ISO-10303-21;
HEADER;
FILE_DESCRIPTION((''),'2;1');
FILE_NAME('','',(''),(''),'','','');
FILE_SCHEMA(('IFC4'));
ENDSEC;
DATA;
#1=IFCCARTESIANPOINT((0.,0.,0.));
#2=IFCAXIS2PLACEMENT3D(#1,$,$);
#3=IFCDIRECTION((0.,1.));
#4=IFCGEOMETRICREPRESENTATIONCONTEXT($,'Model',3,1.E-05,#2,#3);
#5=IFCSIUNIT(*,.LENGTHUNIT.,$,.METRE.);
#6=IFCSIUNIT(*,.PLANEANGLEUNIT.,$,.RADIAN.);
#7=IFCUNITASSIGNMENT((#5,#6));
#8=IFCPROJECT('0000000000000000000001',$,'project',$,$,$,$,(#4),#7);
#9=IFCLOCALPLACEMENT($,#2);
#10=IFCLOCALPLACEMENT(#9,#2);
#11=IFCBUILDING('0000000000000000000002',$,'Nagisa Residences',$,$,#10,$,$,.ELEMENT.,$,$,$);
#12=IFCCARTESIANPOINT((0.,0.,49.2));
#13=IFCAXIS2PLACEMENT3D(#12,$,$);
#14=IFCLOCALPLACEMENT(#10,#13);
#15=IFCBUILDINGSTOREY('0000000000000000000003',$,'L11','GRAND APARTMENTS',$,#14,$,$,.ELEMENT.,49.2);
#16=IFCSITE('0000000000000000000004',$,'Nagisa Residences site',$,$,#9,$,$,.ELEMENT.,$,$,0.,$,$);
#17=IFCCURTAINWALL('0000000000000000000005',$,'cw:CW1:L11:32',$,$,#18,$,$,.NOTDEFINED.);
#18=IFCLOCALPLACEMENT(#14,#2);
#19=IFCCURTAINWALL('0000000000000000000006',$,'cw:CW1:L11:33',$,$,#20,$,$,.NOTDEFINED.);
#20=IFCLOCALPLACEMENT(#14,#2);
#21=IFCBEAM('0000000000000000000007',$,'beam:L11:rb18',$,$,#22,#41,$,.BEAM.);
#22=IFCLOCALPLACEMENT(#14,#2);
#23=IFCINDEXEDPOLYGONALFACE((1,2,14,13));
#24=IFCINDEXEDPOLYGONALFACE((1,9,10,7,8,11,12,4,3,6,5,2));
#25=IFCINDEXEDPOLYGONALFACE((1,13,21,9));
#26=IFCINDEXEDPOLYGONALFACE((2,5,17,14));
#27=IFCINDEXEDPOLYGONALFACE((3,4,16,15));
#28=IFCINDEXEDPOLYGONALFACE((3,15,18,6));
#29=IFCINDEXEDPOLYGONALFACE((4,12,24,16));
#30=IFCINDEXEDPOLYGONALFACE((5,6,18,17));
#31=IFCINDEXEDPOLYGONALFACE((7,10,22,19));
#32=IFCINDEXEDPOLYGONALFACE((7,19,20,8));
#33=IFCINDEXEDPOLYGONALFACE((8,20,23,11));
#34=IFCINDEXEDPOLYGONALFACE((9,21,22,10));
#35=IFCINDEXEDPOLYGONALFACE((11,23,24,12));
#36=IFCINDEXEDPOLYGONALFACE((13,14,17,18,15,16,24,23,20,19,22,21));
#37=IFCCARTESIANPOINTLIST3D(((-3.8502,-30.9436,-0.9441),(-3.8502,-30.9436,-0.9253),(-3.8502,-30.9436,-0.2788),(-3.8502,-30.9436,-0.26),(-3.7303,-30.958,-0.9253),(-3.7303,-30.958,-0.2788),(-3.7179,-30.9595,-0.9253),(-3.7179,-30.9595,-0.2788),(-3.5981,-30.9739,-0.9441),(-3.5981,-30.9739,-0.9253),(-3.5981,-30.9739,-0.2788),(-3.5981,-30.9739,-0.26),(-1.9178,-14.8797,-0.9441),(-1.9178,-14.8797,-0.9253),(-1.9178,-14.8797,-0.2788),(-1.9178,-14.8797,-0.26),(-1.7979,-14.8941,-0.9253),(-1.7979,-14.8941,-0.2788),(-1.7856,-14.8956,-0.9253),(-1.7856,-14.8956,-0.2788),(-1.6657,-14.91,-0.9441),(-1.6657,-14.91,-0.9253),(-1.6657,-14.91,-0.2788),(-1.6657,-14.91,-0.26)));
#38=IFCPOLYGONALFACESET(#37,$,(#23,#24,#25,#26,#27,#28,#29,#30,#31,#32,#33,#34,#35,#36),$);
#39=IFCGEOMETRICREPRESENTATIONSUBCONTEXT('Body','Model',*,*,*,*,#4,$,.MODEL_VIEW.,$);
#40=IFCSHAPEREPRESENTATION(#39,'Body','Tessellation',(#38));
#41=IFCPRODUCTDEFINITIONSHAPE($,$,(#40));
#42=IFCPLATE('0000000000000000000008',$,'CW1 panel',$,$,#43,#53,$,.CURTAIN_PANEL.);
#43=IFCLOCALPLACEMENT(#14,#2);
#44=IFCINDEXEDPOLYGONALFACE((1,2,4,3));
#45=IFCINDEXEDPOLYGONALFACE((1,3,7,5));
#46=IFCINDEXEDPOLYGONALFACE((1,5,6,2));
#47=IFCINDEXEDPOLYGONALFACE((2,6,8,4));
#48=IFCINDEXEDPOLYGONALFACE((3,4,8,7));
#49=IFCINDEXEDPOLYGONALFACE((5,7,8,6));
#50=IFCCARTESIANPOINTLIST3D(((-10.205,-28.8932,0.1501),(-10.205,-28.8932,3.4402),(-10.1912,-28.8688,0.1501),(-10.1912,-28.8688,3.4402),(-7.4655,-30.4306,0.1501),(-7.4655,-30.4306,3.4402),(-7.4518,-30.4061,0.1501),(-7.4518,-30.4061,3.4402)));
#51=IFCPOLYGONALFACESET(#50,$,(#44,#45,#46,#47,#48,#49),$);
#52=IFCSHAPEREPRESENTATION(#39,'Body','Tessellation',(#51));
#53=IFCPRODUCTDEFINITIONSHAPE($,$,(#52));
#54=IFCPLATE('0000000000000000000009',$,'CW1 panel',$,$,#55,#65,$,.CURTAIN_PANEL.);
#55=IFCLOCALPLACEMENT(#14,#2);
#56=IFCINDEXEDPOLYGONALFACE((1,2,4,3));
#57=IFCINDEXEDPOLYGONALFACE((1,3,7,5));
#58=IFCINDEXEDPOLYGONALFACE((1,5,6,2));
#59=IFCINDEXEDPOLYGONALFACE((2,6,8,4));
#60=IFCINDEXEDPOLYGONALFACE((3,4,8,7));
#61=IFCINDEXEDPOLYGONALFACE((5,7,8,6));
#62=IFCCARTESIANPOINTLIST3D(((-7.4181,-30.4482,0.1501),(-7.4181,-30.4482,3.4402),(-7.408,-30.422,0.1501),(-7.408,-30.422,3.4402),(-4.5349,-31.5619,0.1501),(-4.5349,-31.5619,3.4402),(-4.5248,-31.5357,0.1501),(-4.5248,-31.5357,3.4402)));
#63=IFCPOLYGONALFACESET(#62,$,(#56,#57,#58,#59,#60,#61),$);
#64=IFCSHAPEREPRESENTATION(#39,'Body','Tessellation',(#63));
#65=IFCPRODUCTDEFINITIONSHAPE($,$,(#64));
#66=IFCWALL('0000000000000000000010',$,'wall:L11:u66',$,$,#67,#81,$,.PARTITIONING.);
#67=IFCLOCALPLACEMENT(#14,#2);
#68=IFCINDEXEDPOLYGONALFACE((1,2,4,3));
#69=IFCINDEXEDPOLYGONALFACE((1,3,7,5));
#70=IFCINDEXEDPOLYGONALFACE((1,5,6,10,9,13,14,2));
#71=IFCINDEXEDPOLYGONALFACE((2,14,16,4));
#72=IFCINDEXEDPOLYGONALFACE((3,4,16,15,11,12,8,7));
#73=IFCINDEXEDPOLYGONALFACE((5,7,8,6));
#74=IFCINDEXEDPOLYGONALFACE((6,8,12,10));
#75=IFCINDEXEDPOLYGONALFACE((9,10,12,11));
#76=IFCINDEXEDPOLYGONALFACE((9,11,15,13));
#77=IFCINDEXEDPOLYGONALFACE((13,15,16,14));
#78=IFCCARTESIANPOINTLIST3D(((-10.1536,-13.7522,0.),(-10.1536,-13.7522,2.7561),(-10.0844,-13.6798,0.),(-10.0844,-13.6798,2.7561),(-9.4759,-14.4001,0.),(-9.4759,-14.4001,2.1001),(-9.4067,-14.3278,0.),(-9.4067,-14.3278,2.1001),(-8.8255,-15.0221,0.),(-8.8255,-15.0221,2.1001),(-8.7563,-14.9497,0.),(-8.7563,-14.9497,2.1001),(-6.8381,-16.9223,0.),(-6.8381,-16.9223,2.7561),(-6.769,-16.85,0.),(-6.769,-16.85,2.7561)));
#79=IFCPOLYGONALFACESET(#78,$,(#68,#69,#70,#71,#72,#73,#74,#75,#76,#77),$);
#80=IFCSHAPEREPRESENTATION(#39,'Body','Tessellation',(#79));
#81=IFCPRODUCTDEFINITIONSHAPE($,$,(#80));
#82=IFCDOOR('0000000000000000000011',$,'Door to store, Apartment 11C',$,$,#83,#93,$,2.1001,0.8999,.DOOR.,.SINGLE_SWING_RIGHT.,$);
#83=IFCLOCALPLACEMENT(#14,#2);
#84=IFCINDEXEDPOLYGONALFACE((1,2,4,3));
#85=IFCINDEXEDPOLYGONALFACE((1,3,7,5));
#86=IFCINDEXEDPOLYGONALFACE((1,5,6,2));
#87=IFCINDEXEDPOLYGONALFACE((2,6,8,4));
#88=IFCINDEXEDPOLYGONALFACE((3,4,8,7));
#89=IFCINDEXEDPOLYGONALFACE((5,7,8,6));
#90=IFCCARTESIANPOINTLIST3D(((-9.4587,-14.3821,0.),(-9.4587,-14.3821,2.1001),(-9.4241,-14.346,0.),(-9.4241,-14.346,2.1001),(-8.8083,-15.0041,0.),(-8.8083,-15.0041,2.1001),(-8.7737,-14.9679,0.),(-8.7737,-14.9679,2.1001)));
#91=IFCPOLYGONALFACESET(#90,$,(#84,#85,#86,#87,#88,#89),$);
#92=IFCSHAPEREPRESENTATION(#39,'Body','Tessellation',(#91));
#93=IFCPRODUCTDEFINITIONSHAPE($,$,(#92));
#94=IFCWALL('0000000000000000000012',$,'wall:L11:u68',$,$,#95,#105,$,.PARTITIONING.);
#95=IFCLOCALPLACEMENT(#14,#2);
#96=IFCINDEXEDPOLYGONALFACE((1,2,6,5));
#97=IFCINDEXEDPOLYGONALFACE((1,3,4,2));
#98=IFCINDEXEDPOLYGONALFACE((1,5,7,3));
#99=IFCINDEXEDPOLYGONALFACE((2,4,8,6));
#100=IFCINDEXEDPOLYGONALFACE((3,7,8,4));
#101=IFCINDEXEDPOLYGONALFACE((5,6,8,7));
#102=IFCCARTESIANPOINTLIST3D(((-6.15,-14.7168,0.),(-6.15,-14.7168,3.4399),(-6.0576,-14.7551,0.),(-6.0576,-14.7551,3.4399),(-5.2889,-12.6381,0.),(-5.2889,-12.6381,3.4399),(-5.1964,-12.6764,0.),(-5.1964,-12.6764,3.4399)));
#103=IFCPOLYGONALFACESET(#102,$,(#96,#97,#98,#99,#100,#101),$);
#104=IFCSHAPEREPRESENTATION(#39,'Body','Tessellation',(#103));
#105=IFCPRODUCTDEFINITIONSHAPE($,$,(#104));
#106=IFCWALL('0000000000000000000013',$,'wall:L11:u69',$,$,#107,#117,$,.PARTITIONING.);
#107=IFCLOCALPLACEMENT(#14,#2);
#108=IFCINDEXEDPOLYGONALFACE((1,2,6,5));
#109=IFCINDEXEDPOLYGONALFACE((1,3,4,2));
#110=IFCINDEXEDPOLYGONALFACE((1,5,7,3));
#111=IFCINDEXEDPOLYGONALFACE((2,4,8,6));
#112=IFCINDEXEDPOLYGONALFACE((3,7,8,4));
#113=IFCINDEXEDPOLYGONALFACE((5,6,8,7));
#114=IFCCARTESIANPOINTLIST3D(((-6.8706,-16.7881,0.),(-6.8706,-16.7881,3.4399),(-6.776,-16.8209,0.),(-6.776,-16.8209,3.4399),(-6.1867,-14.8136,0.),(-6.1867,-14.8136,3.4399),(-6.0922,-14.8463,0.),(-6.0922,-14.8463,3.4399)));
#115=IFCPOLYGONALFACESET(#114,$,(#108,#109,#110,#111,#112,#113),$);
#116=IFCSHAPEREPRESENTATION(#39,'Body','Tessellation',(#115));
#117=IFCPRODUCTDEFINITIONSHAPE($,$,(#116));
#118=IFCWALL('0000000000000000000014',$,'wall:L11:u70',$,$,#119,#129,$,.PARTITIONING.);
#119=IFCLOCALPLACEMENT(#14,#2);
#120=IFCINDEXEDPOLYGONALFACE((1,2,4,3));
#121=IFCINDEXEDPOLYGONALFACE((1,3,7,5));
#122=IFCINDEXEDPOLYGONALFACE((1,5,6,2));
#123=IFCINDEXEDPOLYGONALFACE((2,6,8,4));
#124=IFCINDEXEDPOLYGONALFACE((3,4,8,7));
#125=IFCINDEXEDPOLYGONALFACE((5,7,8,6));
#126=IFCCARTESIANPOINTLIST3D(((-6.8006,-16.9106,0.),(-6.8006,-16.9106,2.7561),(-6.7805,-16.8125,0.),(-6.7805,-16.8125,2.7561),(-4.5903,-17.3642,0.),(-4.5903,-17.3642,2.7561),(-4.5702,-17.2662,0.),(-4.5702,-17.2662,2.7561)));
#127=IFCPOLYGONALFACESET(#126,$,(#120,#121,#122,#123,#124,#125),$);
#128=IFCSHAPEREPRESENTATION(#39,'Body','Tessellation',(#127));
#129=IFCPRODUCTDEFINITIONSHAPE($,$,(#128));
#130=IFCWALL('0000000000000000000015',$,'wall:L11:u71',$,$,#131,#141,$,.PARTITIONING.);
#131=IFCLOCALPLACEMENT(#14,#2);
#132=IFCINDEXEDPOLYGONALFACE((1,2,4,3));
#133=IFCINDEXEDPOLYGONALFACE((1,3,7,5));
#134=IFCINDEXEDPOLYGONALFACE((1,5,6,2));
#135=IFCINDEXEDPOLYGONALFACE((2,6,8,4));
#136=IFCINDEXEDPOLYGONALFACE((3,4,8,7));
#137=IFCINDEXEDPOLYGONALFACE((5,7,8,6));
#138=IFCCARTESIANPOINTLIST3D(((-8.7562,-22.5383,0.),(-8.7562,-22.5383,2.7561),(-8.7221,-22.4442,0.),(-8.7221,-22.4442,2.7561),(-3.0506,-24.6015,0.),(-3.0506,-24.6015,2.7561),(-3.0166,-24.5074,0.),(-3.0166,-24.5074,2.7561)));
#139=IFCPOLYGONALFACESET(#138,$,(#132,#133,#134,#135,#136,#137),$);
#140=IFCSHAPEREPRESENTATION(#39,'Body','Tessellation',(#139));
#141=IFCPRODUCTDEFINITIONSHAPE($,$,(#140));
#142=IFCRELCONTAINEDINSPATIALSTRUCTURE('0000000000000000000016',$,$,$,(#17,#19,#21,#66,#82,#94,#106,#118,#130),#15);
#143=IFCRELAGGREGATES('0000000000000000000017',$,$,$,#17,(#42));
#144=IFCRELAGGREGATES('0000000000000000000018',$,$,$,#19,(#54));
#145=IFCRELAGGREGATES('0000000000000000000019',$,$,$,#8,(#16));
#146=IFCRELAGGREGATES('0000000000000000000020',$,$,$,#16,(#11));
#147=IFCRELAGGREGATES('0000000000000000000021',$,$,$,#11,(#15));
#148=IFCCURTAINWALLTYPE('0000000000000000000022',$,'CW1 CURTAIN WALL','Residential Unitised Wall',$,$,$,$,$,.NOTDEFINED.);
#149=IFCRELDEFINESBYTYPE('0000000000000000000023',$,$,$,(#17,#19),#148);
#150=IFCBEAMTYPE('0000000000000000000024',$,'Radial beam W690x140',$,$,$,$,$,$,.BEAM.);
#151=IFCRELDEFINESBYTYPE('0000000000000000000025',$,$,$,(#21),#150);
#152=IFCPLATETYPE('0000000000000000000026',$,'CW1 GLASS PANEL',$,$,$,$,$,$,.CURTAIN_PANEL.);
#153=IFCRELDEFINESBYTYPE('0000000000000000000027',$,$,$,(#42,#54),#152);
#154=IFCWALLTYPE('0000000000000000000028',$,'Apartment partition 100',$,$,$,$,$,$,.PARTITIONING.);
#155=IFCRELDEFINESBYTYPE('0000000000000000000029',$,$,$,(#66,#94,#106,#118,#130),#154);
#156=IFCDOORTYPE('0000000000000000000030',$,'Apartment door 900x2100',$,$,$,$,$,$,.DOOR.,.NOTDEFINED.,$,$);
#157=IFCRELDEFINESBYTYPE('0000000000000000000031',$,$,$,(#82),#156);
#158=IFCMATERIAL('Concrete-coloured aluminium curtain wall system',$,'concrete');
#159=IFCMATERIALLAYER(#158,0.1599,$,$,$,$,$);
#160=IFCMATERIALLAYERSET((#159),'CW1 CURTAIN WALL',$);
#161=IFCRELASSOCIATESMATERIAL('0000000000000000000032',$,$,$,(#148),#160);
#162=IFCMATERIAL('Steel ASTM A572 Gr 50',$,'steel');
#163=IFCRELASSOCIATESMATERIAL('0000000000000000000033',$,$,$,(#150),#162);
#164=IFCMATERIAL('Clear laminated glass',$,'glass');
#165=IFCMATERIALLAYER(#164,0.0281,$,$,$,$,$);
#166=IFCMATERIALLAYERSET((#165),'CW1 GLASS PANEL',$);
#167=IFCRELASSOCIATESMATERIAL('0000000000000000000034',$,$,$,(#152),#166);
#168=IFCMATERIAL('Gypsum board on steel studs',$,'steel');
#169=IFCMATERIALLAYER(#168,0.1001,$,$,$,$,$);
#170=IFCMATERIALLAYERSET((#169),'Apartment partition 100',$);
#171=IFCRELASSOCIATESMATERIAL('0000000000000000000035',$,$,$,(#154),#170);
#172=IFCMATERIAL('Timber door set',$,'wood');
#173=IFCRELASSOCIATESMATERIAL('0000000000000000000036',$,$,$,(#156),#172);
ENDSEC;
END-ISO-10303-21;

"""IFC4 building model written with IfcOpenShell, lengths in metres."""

from ifc_helpers import new_model, si_unit, direction, frame, frame_2d, origin, origin_2d, place, context, subcontext, project, spatial, rectangle, i_section, extrude, material, layer, layer_set, material_profile, profile_set, type_object, element, fill, aggregate, save


model = new_model("IFC4")

# Units and contexts
model_context = context("Model", 3, precision=1e-05, world=origin(), true_north=direction((0.0, 1.0)))
body_context = subcontext(model_context, "Body", "Model", "MODEL_VIEW")
ifc_project = project(units=[si_unit("LENGTHUNIT", "METRE"), si_unit("PLANEANGLEUNIT", "RADIAN")], contexts=[model_context])

# Site, building, storey
site_placement = place(None, origin())
site = spatial("IfcSite", under=ifc_project, at=site_placement, Name="Nagisa Residences site", CompositionType="ELEMENT", RefElevation=0.0)
building_placement = place(site_placement, origin())
building = spatial("IfcBuilding", under=site, at=building_placement, Name="Nagisa Residences", CompositionType="ELEMENT")
storey_placement = place(building_placement, frame((0.0, 0.0, 49.2)))
storey = spatial("IfcBuildingStorey", under=building, at=storey_placement, Name="L11", Description="GRAND APARTMENTS", CompositionType="ELEMENT", Elevation=49.2)

# Curtain walls
ifc_material_1 = material(Name="Concrete-coloured aluminium curtain wall system", Category="concrete")
ifc_layer_1 = layer(ifc_material_1, 0.1599)
ifc_layer_set_1 = layer_set([ifc_layer_1], Name="CW1 CURTAIN WALL")
curtain_wall_type = type_object("IfcCurtainWallType", Name="CW1 CURTAIN WALL", Description="Residential Unitised Wall", PredefinedType="NOTDEFINED", material=ifc_layer_set_1)
curtain_wall_1_placement = place(storey_placement, origin())
curtain_wall_1 = element("IfcCurtainWall", 1, at=curtain_wall_1_placement, inside=storey, type_object=curtain_wall_type, Name="cw:CW1:L11:32", PredefinedType="NOTDEFINED")
curtain_wall_2_placement = place(storey_placement, origin())
curtain_wall_2 = element("IfcCurtainWall", 2, at=curtain_wall_2_placement, inside=storey, type_object=curtain_wall_type, Name="cw:CW1:L11:33", PredefinedType="NOTDEFINED")

# Beam
ifc_material_2 = material(Name="Steel ASTM A572 Gr 50", Category="steel")
ifc_material_profile_1 = material_profile(ifc_material_2, i_section(OverallWidth=0.2539, OverallDepth=0.6841, WebThickness=0.0125, FlangeThickness=0.0188, at=origin_2d()), Name="W690x140")
ifc_profile_set_1 = profile_set([ifc_material_profile_1], Name="Steel ASTM A572 Gr 50")
beam_type_1 = type_object("IfcBeamType", Name="Radial beam W690x140", PredefinedType="BEAM", material=ifc_profile_set_1)
beam_1_placement = place(storey_placement, frame((-3.7241, -30.9587, -0.6021), z_axis=(0.119431, 0.992842, 0.0), x_axis=(-0.992842, 0.119431, 0.0)))
element("IfcBeam", 3, at=beam_1_placement, inside=storey, type_object=beam_type_1, Name="beam:L11:rb18", PredefinedType="BEAM", context=body_context, shape_type="SweptSolid", body=[
    extrude(i_section(OverallWidth=0.2539, OverallDepth=0.6841, WebThickness=0.0125, FlangeThickness=0.0188, at=origin_2d()), origin(), (0.0, 0.0, 1.0), 16.1797),
])

# Plates
ifc_material_3 = material(Name="Clear laminated glass", Category="glass")
ifc_layer_2 = layer(ifc_material_3, 0.0281)
ifc_layer_set_2 = layer_set([ifc_layer_2], Name="CW1 GLASS PANEL")
plate_type = type_object("IfcPlateType", Name="CW1 GLASS PANEL", PredefinedType="CURTAIN_PANEL", material=ifc_layer_set_2)
plate_1_placement = place(storey_placement, frame((-8.8284, -29.6497, 0.1501), z_axis=(0.0, 0.0, 1.0), x_axis=(0.872072, -0.489377, 0.0)))
plate_1 = element("IfcPlate", 4, at=plate_1_placement, type_object=plate_type, Name="CW1 panel", PredefinedType="CURTAIN_PANEL", context=body_context, shape_type="SweptSolid", body=[
    extrude(rectangle(XDim=3.1414, YDim=0.0281, at=origin_2d()), origin(), (0.0, 0.0, 1.0), 3.29),
])
aggregate(curtain_wall_1, [plate_1])
plate_2_placement = place(storey_placement, frame((-5.9714, -30.9919, 0.1501), z_axis=(0.0, 0.0, 1.0), x_axis=(0.932826, -0.360328, 0.0)))
plate_2 = element("IfcPlate", 5, at=plate_2_placement, type_object=plate_type, Name="CW1 panel", PredefinedType="CURTAIN_PANEL", context=body_context, shape_type="SweptSolid", body=[
    extrude(rectangle(XDim=3.0908, YDim=0.0281, at=origin_2d()), origin(), (0.0, 0.0, 1.0), 3.29),
])
aggregate(curtain_wall_2, [plate_2])

# Wall, opening, door
ifc_material_4 = material(Name="Gypsum board on steel studs", Category="steel")
ifc_layer_3 = layer(ifc_material_4, 0.1001)
ifc_layer_set_3 = layer_set([ifc_layer_3], Name="Apartment partition 100")
wall_type_1 = type_object("IfcWallType", Name="Apartment partition 100", PredefinedType="PARTITIONING", material=ifc_layer_set_3)
wall_1_placement = place(storey_placement, frame((-10.1189, -13.7161, 0.0), z_axis=(0.0, 0.0, 1.0), x_axis=(0.722763, -0.691096, 0.0)))
wall_1 = element("IfcWall", 6, at=wall_1_placement, inside=storey, type_object=wall_type_1, Name="wall:L11:u66", PredefinedType="PARTITIONING", context=body_context, shape_type="SweptSolid", body=[
    extrude(rectangle(XDim=4.5872, YDim=0.1001, at=frame_2d((2.2935, 0.0))), origin(), (0.0, 0.0, 1.0), 2.7561),
])
opening_1_placement = place(wall_1_placement, frame((0.9375, 0.0, 0.0)))
opening_1 = element("IfcOpeningElement", 7, at=opening_1_placement, cuts=wall_1, PredefinedType="OPENING", context=body_context, shape_type="SweptSolid", body=[
    extrude(rectangle(XDim=0.8999, YDim=2.1001, at=frame_2d((0.45, 1.05))), frame((0.0, 0.0601, 0.0), z_axis=(0.0, -1.0, 0.0), x_axis=(1.0, 0.0, 0.0)), (0.0, 0.0, 1.0), 0.1201),
])
ifc_material_5 = material(Name="Timber door set", Category="wood")
door_type_1 = type_object("IfcDoorType", Name="Apartment door 900x2100", OperationType="NOTDEFINED", PredefinedType="DOOR", material=ifc_material_5)
door_1_placement = place(opening_1_placement, origin())
door_1 = element("IfcDoor", 8, at=door_1_placement, inside=storey, type_object=door_type_1, Name="Door to store, Apartment 11C", OperationType="SINGLE_SWING_RIGHT", OverallHeight=2.1001, OverallWidth=0.8999, PredefinedType="DOOR", context=body_context, shape_type="SweptSolid", body=[
    extrude(rectangle(XDim=0.8999, YDim=2.1001, at=frame_2d((0.45, 1.05))), frame((0.0, 0.0249, 0.0), z_axis=(0.0, -1.0, 0.0), x_axis=(1.0, 0.0, 0.0)), (0.0, 0.0, 1.0), 0.05),
])
fill(opening_1, door_1)

# Walls
wall_2_placement = place(storey_placement, frame((-5.2427, -12.6572, 0.0), z_axis=(0.0, 0.0, 1.0), x_axis=(-0.382719, -0.923865, 0.0)))
element("IfcWall", 9, at=wall_2_placement, inside=storey, type_object=wall_type_1, Name="wall:L11:u68", PredefinedType="PARTITIONING", context=body_context, shape_type="SweptSolid", body=[
    extrude(rectangle(XDim=2.25, YDim=0.1001, at=frame_2d((1.125, 0.0))), origin(), (0.0, 0.0, 1.0), 3.4399),
])
wall_3_placement = place(storey_placement, frame((-6.1394, -14.8298, 0.0), z_axis=(0.0, 0.0, 1.0), x_axis=(-0.327247, -0.944939, 0.0)))
element("IfcWall", 10, at=wall_3_placement, inside=storey, type_object=wall_type_1, Name="wall:L11:u69", PredefinedType="PARTITIONING", context=body_context, shape_type="SweptSolid", body=[
    extrude(rectangle(XDim=2.0896, YDim=0.1001, at=frame_2d((1.0449, 0.0))), origin(), (0.0, 0.0, 1.0), 3.4399),
])
wall_4_placement = place(storey_placement, frame((-6.7905, -16.8616, 0.0), z_axis=(0.0, 0.0, 1.0), x_axis=(0.979582, -0.201045, 0.0)))
element("IfcWall", 11, at=wall_4_placement, inside=storey, type_object=wall_type_1, Name="wall:L11:u70", PredefinedType="PARTITIONING", context=body_context, shape_type="SweptSolid", body=[
    extrude(rectangle(XDim=2.2563, YDim=0.1001, at=frame_2d((1.1282, 0.0))), origin(), (0.0, 0.0, 1.0), 2.7561),
])
wall_5_placement = place(storey_placement, frame((-8.7393, -22.4912, 0.0), z_axis=(0.0, 0.0, 1.0), x_axis=(0.940402, -0.340066, 0.0)))
element("IfcWall", 12, at=wall_5_placement, inside=storey, type_object=wall_type_1, Name="wall:L11:u71", PredefinedType="PARTITIONING", context=body_context, shape_type="SweptSolid", body=[
    extrude(rectangle(XDim=6.0671, YDim=0.1001, at=frame_2d((3.0337, 0.0))), origin(), (0.0, 0.0, 1.0), 2.7561),
])

save(model, "model.ifc")
